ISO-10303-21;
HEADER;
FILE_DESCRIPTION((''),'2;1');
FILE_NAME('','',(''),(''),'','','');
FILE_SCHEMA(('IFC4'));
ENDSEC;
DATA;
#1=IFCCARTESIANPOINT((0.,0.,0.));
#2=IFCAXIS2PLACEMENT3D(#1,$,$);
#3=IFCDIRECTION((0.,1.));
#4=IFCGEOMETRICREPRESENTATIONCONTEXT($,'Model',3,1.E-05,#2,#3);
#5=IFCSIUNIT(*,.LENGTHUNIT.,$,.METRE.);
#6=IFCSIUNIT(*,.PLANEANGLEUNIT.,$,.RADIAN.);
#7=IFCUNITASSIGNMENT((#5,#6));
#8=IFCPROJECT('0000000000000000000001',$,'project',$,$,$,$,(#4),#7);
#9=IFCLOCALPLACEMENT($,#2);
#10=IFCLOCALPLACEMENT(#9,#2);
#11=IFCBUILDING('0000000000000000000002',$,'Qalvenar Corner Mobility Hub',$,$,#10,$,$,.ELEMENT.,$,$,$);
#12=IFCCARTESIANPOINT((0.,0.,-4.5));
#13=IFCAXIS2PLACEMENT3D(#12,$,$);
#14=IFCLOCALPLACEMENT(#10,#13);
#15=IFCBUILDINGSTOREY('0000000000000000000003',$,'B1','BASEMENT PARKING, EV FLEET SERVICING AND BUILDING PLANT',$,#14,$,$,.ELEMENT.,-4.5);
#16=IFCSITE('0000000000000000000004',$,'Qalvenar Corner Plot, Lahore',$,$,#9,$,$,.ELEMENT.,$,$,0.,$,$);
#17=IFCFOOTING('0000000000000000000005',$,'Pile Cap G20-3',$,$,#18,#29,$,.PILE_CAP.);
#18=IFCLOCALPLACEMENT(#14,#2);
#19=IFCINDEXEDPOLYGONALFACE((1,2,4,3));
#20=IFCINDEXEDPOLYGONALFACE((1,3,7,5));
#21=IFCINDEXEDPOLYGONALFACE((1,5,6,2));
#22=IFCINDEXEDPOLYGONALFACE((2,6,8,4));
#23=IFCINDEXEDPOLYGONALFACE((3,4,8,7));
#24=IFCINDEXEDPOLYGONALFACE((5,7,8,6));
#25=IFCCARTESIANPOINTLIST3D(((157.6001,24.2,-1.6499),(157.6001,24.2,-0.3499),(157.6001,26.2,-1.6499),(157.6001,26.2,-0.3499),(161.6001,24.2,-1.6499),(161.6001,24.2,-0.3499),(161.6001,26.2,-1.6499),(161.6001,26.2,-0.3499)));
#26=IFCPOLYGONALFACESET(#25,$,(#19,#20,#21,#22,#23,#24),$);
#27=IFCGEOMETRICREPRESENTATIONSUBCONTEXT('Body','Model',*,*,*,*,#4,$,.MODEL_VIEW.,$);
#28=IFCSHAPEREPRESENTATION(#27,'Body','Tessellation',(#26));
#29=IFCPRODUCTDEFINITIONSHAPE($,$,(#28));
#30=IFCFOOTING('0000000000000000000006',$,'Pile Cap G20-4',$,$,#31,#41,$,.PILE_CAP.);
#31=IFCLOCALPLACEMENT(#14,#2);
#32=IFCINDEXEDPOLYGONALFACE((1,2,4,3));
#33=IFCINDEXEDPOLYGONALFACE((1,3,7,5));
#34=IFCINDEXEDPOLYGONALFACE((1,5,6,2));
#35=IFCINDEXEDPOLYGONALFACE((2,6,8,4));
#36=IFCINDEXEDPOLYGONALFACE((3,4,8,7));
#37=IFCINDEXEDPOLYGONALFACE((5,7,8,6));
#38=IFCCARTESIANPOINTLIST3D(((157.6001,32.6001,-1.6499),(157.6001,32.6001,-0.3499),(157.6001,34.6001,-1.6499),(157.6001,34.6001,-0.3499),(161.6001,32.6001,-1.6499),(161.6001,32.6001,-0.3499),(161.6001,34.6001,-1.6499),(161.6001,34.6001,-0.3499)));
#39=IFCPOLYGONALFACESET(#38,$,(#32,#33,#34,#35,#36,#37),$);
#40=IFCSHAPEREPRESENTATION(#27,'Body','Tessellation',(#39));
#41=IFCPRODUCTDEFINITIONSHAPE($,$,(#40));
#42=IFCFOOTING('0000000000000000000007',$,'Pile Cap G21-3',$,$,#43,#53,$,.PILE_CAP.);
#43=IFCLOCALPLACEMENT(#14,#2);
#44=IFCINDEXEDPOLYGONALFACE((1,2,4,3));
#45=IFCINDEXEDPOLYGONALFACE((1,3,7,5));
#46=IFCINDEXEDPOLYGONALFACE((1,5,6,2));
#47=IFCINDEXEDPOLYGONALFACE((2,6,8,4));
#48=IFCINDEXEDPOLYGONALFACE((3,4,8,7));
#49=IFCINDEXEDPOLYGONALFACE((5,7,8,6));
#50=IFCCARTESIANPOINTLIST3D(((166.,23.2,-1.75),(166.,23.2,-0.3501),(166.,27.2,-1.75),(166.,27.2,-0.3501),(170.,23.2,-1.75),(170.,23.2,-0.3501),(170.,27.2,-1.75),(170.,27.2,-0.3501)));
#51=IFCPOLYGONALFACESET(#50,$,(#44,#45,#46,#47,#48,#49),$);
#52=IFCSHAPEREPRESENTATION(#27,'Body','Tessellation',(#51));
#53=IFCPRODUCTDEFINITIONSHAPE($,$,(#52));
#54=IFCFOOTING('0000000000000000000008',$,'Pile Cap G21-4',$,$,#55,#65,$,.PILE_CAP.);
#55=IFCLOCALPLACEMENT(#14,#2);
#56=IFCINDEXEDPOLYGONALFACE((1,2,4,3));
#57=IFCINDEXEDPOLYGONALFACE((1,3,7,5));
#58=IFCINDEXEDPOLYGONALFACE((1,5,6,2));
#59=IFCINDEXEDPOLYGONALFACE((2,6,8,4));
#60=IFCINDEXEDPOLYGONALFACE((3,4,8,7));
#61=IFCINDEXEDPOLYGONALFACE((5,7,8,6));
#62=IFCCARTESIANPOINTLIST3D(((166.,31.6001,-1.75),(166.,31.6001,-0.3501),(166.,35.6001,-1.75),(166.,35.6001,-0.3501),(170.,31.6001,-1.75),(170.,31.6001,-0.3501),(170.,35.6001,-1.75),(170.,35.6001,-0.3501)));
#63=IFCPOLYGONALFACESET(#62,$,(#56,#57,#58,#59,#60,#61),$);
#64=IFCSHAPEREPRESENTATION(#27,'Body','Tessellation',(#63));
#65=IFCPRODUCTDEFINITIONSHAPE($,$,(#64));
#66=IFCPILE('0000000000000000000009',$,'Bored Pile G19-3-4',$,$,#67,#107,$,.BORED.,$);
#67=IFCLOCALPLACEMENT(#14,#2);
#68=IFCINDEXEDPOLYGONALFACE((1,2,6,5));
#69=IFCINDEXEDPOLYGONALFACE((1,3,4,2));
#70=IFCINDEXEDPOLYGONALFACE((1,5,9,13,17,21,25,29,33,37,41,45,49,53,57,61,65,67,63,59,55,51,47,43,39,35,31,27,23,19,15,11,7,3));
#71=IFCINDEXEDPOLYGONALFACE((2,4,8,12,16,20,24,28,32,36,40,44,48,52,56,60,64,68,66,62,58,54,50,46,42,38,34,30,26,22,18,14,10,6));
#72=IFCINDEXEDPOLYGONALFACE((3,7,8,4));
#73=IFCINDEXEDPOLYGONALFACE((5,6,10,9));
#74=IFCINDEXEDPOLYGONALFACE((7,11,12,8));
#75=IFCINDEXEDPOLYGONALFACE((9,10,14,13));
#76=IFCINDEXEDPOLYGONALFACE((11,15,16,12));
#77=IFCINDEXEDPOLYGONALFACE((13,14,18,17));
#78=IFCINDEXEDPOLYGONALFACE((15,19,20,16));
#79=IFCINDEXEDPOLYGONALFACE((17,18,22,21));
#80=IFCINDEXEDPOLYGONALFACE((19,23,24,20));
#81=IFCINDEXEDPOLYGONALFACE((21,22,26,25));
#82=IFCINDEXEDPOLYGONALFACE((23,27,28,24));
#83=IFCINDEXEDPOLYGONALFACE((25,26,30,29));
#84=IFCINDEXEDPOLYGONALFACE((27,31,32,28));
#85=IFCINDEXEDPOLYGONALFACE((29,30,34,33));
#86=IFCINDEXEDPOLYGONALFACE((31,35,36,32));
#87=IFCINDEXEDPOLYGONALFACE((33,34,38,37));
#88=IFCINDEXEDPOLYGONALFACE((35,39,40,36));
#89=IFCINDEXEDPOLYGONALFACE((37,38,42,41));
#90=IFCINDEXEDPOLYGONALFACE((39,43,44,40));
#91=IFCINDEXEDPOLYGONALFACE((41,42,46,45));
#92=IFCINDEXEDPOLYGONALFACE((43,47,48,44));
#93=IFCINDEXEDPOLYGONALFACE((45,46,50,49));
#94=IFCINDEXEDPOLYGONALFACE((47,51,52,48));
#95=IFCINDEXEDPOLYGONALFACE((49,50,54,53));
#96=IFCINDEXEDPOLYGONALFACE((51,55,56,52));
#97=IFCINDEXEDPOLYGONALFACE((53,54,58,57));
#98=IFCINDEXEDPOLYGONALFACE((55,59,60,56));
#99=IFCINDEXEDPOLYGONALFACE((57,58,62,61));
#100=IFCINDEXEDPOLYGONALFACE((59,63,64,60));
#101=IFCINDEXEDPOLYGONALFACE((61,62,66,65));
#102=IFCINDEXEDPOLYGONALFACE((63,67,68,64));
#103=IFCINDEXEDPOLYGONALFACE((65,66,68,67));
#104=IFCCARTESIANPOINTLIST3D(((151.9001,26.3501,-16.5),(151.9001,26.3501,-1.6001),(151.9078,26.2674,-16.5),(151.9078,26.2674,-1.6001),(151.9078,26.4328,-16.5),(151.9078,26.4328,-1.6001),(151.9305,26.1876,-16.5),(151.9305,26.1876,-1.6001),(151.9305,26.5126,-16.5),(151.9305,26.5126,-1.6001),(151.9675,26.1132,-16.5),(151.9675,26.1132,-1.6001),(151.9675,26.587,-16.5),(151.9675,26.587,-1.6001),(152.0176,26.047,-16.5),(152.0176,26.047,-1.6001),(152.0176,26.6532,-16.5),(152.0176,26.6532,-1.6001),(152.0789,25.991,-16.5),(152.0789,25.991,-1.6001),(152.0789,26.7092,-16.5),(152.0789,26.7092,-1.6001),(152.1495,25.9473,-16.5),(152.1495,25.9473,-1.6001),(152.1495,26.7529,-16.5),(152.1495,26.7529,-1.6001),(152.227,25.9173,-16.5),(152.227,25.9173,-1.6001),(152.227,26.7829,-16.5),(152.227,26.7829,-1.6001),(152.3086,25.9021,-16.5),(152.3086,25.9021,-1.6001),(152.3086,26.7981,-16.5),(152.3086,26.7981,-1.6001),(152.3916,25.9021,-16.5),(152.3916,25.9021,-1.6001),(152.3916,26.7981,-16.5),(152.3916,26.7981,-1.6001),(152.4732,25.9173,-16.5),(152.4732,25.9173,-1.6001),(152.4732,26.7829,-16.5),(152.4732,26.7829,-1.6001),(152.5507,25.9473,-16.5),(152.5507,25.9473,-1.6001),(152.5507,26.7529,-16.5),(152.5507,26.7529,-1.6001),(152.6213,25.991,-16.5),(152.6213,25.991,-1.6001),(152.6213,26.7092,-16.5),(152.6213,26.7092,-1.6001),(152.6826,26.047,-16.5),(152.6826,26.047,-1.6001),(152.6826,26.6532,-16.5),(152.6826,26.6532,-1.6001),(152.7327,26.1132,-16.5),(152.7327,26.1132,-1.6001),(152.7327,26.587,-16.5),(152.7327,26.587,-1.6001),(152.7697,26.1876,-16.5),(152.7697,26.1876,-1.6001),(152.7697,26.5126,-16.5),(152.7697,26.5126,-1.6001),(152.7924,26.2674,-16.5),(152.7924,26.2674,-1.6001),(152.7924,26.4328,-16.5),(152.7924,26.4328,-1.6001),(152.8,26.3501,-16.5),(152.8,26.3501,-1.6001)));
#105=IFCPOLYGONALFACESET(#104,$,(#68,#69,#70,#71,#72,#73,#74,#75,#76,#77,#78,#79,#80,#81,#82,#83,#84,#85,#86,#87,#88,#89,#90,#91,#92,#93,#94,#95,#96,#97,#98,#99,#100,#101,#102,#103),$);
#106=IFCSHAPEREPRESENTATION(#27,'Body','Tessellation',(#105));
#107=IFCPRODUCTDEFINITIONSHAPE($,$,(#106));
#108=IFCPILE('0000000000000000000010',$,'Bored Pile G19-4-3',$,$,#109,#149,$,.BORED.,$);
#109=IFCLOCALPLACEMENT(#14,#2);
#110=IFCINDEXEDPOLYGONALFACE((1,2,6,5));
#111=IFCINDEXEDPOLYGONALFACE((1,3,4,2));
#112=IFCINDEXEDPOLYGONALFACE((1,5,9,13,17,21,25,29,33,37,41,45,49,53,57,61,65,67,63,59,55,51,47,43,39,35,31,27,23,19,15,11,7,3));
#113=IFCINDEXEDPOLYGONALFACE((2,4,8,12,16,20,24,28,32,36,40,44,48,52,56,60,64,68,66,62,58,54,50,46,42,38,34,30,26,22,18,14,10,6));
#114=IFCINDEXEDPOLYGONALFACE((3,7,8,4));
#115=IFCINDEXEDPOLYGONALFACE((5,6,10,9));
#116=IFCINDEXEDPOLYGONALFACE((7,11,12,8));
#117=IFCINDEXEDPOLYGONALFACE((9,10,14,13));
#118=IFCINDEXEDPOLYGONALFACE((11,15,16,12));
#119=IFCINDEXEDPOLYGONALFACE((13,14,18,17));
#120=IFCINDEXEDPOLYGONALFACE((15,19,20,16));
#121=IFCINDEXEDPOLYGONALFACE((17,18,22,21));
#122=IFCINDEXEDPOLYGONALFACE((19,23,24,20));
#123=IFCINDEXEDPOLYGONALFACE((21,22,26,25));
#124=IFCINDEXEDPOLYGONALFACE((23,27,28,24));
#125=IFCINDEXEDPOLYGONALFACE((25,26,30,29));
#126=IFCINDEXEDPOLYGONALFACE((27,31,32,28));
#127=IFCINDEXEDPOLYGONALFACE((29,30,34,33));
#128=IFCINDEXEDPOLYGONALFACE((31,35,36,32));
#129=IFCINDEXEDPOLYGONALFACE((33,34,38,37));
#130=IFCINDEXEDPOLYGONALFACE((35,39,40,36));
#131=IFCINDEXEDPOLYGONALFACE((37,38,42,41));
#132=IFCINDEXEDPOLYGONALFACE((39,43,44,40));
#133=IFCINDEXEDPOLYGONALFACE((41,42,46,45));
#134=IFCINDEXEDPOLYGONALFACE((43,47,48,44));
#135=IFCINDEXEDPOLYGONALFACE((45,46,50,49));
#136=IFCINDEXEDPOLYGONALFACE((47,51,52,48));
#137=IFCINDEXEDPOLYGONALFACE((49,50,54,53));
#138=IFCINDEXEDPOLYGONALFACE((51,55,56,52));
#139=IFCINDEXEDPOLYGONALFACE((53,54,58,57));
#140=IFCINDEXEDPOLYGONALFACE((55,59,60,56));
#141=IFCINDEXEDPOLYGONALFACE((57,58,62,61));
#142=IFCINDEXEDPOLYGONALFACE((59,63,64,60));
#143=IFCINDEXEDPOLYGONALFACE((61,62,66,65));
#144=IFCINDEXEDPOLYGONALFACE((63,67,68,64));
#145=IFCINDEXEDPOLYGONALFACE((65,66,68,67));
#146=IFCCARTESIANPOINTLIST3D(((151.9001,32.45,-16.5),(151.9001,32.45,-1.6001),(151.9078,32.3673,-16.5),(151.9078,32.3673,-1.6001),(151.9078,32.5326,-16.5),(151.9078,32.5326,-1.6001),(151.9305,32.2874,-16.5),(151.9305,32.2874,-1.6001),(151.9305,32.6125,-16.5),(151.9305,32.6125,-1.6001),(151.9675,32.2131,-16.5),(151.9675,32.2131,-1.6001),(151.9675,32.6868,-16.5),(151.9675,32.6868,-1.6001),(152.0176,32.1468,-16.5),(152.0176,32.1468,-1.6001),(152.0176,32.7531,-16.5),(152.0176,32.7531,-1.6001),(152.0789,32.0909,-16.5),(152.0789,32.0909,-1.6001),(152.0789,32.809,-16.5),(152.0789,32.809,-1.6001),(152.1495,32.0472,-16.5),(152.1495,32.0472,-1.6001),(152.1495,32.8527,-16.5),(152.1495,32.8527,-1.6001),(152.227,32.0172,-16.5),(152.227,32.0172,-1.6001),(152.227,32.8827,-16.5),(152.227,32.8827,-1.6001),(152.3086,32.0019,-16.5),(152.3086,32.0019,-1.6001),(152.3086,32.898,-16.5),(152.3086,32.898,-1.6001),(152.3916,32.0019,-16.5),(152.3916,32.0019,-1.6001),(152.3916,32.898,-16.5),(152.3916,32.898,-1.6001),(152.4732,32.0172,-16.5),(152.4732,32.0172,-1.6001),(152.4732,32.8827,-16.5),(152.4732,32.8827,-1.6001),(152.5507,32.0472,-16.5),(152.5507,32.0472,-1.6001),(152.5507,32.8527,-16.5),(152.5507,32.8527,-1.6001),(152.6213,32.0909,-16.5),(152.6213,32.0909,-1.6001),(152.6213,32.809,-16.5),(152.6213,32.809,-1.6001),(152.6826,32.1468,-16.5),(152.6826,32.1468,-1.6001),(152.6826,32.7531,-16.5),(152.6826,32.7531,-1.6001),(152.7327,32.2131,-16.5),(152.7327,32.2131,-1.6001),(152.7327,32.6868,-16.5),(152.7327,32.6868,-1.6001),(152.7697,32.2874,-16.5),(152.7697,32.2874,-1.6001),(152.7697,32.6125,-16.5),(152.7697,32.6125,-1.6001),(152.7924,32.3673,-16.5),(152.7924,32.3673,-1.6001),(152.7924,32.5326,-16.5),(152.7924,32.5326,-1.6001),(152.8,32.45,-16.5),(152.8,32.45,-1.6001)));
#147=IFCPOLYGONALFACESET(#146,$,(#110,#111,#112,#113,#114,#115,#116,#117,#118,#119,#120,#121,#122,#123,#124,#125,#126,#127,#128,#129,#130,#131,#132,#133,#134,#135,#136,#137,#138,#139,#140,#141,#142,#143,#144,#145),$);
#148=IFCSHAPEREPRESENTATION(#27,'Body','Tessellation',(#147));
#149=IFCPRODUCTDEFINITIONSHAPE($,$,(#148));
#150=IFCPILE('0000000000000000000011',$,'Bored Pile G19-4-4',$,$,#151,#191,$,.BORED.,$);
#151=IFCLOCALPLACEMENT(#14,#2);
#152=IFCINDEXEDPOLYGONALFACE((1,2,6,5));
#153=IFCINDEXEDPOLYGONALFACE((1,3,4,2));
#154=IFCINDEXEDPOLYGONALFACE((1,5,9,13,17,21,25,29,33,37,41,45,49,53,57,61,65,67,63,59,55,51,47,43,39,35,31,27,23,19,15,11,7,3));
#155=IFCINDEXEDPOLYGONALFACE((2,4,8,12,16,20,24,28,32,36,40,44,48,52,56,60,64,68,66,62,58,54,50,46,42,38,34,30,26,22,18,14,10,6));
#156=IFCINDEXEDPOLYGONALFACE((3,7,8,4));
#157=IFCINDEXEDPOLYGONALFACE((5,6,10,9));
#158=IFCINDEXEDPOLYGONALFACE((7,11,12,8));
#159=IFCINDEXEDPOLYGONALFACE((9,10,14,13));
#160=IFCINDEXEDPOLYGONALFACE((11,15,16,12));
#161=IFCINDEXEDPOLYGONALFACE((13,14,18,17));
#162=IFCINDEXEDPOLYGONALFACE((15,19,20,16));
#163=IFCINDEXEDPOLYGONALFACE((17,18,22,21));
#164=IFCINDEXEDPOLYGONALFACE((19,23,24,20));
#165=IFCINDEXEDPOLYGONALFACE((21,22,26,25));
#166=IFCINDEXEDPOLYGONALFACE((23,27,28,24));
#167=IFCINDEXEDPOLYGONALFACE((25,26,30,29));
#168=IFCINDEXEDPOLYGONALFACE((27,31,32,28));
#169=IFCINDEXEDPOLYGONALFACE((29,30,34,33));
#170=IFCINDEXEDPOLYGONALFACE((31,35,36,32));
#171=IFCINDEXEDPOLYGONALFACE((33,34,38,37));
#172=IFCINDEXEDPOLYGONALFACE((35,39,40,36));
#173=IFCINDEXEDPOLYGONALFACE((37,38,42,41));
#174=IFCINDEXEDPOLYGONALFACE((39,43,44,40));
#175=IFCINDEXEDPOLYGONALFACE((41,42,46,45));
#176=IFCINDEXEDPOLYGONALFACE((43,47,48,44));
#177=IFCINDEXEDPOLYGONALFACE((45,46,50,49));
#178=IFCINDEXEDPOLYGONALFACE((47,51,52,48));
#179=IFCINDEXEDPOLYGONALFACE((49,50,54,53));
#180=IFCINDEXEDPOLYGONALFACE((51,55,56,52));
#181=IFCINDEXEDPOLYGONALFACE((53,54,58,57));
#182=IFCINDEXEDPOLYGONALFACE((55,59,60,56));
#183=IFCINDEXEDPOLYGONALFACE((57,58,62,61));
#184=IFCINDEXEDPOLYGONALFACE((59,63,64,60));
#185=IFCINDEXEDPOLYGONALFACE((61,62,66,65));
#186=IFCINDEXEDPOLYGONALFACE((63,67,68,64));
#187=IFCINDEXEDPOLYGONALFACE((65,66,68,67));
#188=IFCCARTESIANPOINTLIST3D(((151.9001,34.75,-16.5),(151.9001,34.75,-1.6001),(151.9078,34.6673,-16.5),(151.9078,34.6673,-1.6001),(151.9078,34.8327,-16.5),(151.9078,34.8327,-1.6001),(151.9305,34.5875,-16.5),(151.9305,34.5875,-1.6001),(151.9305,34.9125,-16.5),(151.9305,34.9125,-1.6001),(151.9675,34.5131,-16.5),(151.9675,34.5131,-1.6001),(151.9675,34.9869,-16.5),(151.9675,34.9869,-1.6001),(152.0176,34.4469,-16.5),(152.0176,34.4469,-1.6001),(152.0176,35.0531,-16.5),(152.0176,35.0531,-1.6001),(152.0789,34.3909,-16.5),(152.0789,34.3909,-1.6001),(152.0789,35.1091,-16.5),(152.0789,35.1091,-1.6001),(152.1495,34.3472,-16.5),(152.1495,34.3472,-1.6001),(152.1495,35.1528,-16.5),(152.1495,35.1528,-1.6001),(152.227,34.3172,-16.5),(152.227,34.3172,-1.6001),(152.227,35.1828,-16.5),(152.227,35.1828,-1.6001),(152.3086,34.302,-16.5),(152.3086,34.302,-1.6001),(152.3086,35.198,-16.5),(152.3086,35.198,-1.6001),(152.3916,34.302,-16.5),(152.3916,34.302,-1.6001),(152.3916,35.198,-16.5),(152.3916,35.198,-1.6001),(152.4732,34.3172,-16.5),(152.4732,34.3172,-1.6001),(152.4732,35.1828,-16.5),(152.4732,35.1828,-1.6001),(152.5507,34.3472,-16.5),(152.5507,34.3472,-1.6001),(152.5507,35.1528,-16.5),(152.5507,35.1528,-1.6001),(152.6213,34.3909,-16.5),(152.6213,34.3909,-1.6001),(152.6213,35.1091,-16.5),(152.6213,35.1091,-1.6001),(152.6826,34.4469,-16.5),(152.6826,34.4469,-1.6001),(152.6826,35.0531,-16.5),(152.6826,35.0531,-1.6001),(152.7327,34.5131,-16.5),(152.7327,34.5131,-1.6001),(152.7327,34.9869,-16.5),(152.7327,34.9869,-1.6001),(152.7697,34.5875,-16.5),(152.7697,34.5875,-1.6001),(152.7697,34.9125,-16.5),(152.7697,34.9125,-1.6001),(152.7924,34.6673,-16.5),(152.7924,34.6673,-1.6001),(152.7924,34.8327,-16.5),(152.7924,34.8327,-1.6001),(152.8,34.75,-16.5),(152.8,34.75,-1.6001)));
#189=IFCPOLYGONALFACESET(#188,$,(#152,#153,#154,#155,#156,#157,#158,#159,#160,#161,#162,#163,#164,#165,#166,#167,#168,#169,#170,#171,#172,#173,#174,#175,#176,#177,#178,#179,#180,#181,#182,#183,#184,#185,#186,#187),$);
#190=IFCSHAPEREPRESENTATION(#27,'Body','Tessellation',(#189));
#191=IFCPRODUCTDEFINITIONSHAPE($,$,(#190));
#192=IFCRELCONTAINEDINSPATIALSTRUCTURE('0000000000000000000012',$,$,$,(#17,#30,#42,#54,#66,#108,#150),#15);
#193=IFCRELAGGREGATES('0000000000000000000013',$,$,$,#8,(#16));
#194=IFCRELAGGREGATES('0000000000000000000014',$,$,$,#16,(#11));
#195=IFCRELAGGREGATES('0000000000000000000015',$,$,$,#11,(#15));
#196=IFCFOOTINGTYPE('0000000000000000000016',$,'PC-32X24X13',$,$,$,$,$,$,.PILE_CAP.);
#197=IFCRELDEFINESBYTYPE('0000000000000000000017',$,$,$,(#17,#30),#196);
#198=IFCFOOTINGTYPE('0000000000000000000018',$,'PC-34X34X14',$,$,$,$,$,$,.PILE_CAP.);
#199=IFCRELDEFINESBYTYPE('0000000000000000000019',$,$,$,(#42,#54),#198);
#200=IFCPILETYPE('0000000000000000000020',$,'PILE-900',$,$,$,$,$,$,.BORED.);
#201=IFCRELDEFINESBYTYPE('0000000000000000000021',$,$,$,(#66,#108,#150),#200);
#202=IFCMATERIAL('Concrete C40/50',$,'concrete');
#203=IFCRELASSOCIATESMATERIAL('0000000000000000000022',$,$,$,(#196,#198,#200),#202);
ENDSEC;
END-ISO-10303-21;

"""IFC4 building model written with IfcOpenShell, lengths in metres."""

from ifc_helpers import new_model, si_unit, direction, frame, origin, origin_2d, place, context, subcontext, project, spatial, rectangle, circle, extrude, material, material_profile, profile_set, type_object, element, save


model = new_model("IFC4")

# Units and contexts
model_context = context("Model", 3, precision=1e-05, world=origin(), true_north=direction((0.0, 1.0)))
body_context = subcontext(model_context, "Body", "Model", "MODEL_VIEW")
ifc_project = project(units=[si_unit("LENGTHUNIT", "METRE"), si_unit("PLANEANGLEUNIT", "RADIAN")], contexts=[model_context])

# Site, building, storey
site_placement = place(None, origin())
site = spatial("IfcSite", under=ifc_project, at=site_placement, Name="Qalvenar Corner Plot, Lahore", CompositionType="ELEMENT", RefElevation=0.0)
building_placement = place(site_placement, origin())
building = spatial("IfcBuilding", under=site, at=building_placement, Name="Qalvenar Corner Mobility Hub", CompositionType="ELEMENT")
storey_placement = place(building_placement, frame((0.0, 0.0, -4.5)))
storey = spatial("IfcBuildingStorey", under=building, at=storey_placement, Name="B1", Description="BASEMENT PARKING, EV FLEET SERVICING AND BUILDING PLANT", CompositionType="ELEMENT", Elevation=-4.5)

# Footings
ifc_material_1 = material(Name="Concrete C40/50", Category="concrete")
footing_type_1 = type_object("IfcFootingType", Name="PC-32X24X13", PredefinedType="PILE_CAP", material=ifc_material_1)
for number, where, z_axis, x_axis, name in (
    (1, (159.6001, 25.2, -1.6499), (0.0, 0.0, 1.0), (1.0, 0.0, 0.0), "Pile Cap G20-3"),
    (2, (159.6001, 33.6001, -1.6499), (0.0, 0.0, 1.0), (1.0, 0.0, 0.0), "Pile Cap G20-4"),
):
    element("IfcFooting", number, at=place(storey_placement, frame(where, z_axis=z_axis, x_axis=x_axis)), inside=storey, type_object=footing_type_1, Name=name, PredefinedType="PILE_CAP", context=body_context, shape_type="SweptSolid", body=[
        extrude(rectangle(XDim=4.0, YDim=2.0, at=origin_2d()), origin(), (0.0, 0.0, 1.0), 1.3),
    ])
footing_type_2 = type_object("IfcFootingType", Name="PC-34X34X14", PredefinedType="PILE_CAP", material=ifc_material_1)
for number, where, z_axis, x_axis, name in (
    (3, (168.0, 25.2, -1.75), (0.0, 0.0, 1.0), (1.0, 0.0, 0.0), "Pile Cap G21-3"),
    (4, (168.0, 33.6001, -1.75), (0.0, 0.0, 1.0), (1.0, 0.0, 0.0), "Pile Cap G21-4"),
):
    element("IfcFooting", number, at=place(storey_placement, frame(where, z_axis=z_axis, x_axis=x_axis)), inside=storey, type_object=footing_type_2, Name=name, PredefinedType="PILE_CAP", context=body_context, shape_type="SweptSolid", body=[
        extrude(rectangle(XDim=4.0, YDim=4.0, at=origin_2d()), origin(), (0.0, 0.0, 1.0), 1.3999),
    ])

# Piles
ifc_material_profile_1 = material_profile(ifc_material_1, circle(Radius=0.45, at=origin_2d()), Name="DIA900")
ifc_profile_set_1 = profile_set([ifc_material_profile_1], Name="Concrete C40/50")
pile_type = type_object("IfcPileType", Name="PILE-900", PredefinedType="BORED", material=ifc_profile_set_1)
for number, where, z_axis, x_axis, name in (
    (5, (152.3501, 26.3501, -1.6001), (0.0, 0.0, -1.0), (1.0, 0.0, 0.0), "Bored Pile G19-3-4"),
    (6, (152.3501, 32.45, -1.6001), (0.0, 0.0, -1.0), (1.0, 0.0, 0.0), "Bored Pile G19-4-3"),
    (7, (152.3501, 34.75, -1.6001), (0.0, 0.0, -1.0), (1.0, 0.0, 0.0), "Bored Pile G19-4-4"),
):
    element("IfcPile", number, at=place(storey_placement, frame(where, z_axis=z_axis, x_axis=x_axis)), inside=storey, type_object=pile_type, Name=name, PredefinedType="BORED", context=body_context, shape_type="SweptSolid", body=[
        extrude(circle(Radius=0.45, at=origin_2d()), origin(), (0.0, 0.0, 1.0), 14.8999),
    ])

save(model, "model.ifc")
